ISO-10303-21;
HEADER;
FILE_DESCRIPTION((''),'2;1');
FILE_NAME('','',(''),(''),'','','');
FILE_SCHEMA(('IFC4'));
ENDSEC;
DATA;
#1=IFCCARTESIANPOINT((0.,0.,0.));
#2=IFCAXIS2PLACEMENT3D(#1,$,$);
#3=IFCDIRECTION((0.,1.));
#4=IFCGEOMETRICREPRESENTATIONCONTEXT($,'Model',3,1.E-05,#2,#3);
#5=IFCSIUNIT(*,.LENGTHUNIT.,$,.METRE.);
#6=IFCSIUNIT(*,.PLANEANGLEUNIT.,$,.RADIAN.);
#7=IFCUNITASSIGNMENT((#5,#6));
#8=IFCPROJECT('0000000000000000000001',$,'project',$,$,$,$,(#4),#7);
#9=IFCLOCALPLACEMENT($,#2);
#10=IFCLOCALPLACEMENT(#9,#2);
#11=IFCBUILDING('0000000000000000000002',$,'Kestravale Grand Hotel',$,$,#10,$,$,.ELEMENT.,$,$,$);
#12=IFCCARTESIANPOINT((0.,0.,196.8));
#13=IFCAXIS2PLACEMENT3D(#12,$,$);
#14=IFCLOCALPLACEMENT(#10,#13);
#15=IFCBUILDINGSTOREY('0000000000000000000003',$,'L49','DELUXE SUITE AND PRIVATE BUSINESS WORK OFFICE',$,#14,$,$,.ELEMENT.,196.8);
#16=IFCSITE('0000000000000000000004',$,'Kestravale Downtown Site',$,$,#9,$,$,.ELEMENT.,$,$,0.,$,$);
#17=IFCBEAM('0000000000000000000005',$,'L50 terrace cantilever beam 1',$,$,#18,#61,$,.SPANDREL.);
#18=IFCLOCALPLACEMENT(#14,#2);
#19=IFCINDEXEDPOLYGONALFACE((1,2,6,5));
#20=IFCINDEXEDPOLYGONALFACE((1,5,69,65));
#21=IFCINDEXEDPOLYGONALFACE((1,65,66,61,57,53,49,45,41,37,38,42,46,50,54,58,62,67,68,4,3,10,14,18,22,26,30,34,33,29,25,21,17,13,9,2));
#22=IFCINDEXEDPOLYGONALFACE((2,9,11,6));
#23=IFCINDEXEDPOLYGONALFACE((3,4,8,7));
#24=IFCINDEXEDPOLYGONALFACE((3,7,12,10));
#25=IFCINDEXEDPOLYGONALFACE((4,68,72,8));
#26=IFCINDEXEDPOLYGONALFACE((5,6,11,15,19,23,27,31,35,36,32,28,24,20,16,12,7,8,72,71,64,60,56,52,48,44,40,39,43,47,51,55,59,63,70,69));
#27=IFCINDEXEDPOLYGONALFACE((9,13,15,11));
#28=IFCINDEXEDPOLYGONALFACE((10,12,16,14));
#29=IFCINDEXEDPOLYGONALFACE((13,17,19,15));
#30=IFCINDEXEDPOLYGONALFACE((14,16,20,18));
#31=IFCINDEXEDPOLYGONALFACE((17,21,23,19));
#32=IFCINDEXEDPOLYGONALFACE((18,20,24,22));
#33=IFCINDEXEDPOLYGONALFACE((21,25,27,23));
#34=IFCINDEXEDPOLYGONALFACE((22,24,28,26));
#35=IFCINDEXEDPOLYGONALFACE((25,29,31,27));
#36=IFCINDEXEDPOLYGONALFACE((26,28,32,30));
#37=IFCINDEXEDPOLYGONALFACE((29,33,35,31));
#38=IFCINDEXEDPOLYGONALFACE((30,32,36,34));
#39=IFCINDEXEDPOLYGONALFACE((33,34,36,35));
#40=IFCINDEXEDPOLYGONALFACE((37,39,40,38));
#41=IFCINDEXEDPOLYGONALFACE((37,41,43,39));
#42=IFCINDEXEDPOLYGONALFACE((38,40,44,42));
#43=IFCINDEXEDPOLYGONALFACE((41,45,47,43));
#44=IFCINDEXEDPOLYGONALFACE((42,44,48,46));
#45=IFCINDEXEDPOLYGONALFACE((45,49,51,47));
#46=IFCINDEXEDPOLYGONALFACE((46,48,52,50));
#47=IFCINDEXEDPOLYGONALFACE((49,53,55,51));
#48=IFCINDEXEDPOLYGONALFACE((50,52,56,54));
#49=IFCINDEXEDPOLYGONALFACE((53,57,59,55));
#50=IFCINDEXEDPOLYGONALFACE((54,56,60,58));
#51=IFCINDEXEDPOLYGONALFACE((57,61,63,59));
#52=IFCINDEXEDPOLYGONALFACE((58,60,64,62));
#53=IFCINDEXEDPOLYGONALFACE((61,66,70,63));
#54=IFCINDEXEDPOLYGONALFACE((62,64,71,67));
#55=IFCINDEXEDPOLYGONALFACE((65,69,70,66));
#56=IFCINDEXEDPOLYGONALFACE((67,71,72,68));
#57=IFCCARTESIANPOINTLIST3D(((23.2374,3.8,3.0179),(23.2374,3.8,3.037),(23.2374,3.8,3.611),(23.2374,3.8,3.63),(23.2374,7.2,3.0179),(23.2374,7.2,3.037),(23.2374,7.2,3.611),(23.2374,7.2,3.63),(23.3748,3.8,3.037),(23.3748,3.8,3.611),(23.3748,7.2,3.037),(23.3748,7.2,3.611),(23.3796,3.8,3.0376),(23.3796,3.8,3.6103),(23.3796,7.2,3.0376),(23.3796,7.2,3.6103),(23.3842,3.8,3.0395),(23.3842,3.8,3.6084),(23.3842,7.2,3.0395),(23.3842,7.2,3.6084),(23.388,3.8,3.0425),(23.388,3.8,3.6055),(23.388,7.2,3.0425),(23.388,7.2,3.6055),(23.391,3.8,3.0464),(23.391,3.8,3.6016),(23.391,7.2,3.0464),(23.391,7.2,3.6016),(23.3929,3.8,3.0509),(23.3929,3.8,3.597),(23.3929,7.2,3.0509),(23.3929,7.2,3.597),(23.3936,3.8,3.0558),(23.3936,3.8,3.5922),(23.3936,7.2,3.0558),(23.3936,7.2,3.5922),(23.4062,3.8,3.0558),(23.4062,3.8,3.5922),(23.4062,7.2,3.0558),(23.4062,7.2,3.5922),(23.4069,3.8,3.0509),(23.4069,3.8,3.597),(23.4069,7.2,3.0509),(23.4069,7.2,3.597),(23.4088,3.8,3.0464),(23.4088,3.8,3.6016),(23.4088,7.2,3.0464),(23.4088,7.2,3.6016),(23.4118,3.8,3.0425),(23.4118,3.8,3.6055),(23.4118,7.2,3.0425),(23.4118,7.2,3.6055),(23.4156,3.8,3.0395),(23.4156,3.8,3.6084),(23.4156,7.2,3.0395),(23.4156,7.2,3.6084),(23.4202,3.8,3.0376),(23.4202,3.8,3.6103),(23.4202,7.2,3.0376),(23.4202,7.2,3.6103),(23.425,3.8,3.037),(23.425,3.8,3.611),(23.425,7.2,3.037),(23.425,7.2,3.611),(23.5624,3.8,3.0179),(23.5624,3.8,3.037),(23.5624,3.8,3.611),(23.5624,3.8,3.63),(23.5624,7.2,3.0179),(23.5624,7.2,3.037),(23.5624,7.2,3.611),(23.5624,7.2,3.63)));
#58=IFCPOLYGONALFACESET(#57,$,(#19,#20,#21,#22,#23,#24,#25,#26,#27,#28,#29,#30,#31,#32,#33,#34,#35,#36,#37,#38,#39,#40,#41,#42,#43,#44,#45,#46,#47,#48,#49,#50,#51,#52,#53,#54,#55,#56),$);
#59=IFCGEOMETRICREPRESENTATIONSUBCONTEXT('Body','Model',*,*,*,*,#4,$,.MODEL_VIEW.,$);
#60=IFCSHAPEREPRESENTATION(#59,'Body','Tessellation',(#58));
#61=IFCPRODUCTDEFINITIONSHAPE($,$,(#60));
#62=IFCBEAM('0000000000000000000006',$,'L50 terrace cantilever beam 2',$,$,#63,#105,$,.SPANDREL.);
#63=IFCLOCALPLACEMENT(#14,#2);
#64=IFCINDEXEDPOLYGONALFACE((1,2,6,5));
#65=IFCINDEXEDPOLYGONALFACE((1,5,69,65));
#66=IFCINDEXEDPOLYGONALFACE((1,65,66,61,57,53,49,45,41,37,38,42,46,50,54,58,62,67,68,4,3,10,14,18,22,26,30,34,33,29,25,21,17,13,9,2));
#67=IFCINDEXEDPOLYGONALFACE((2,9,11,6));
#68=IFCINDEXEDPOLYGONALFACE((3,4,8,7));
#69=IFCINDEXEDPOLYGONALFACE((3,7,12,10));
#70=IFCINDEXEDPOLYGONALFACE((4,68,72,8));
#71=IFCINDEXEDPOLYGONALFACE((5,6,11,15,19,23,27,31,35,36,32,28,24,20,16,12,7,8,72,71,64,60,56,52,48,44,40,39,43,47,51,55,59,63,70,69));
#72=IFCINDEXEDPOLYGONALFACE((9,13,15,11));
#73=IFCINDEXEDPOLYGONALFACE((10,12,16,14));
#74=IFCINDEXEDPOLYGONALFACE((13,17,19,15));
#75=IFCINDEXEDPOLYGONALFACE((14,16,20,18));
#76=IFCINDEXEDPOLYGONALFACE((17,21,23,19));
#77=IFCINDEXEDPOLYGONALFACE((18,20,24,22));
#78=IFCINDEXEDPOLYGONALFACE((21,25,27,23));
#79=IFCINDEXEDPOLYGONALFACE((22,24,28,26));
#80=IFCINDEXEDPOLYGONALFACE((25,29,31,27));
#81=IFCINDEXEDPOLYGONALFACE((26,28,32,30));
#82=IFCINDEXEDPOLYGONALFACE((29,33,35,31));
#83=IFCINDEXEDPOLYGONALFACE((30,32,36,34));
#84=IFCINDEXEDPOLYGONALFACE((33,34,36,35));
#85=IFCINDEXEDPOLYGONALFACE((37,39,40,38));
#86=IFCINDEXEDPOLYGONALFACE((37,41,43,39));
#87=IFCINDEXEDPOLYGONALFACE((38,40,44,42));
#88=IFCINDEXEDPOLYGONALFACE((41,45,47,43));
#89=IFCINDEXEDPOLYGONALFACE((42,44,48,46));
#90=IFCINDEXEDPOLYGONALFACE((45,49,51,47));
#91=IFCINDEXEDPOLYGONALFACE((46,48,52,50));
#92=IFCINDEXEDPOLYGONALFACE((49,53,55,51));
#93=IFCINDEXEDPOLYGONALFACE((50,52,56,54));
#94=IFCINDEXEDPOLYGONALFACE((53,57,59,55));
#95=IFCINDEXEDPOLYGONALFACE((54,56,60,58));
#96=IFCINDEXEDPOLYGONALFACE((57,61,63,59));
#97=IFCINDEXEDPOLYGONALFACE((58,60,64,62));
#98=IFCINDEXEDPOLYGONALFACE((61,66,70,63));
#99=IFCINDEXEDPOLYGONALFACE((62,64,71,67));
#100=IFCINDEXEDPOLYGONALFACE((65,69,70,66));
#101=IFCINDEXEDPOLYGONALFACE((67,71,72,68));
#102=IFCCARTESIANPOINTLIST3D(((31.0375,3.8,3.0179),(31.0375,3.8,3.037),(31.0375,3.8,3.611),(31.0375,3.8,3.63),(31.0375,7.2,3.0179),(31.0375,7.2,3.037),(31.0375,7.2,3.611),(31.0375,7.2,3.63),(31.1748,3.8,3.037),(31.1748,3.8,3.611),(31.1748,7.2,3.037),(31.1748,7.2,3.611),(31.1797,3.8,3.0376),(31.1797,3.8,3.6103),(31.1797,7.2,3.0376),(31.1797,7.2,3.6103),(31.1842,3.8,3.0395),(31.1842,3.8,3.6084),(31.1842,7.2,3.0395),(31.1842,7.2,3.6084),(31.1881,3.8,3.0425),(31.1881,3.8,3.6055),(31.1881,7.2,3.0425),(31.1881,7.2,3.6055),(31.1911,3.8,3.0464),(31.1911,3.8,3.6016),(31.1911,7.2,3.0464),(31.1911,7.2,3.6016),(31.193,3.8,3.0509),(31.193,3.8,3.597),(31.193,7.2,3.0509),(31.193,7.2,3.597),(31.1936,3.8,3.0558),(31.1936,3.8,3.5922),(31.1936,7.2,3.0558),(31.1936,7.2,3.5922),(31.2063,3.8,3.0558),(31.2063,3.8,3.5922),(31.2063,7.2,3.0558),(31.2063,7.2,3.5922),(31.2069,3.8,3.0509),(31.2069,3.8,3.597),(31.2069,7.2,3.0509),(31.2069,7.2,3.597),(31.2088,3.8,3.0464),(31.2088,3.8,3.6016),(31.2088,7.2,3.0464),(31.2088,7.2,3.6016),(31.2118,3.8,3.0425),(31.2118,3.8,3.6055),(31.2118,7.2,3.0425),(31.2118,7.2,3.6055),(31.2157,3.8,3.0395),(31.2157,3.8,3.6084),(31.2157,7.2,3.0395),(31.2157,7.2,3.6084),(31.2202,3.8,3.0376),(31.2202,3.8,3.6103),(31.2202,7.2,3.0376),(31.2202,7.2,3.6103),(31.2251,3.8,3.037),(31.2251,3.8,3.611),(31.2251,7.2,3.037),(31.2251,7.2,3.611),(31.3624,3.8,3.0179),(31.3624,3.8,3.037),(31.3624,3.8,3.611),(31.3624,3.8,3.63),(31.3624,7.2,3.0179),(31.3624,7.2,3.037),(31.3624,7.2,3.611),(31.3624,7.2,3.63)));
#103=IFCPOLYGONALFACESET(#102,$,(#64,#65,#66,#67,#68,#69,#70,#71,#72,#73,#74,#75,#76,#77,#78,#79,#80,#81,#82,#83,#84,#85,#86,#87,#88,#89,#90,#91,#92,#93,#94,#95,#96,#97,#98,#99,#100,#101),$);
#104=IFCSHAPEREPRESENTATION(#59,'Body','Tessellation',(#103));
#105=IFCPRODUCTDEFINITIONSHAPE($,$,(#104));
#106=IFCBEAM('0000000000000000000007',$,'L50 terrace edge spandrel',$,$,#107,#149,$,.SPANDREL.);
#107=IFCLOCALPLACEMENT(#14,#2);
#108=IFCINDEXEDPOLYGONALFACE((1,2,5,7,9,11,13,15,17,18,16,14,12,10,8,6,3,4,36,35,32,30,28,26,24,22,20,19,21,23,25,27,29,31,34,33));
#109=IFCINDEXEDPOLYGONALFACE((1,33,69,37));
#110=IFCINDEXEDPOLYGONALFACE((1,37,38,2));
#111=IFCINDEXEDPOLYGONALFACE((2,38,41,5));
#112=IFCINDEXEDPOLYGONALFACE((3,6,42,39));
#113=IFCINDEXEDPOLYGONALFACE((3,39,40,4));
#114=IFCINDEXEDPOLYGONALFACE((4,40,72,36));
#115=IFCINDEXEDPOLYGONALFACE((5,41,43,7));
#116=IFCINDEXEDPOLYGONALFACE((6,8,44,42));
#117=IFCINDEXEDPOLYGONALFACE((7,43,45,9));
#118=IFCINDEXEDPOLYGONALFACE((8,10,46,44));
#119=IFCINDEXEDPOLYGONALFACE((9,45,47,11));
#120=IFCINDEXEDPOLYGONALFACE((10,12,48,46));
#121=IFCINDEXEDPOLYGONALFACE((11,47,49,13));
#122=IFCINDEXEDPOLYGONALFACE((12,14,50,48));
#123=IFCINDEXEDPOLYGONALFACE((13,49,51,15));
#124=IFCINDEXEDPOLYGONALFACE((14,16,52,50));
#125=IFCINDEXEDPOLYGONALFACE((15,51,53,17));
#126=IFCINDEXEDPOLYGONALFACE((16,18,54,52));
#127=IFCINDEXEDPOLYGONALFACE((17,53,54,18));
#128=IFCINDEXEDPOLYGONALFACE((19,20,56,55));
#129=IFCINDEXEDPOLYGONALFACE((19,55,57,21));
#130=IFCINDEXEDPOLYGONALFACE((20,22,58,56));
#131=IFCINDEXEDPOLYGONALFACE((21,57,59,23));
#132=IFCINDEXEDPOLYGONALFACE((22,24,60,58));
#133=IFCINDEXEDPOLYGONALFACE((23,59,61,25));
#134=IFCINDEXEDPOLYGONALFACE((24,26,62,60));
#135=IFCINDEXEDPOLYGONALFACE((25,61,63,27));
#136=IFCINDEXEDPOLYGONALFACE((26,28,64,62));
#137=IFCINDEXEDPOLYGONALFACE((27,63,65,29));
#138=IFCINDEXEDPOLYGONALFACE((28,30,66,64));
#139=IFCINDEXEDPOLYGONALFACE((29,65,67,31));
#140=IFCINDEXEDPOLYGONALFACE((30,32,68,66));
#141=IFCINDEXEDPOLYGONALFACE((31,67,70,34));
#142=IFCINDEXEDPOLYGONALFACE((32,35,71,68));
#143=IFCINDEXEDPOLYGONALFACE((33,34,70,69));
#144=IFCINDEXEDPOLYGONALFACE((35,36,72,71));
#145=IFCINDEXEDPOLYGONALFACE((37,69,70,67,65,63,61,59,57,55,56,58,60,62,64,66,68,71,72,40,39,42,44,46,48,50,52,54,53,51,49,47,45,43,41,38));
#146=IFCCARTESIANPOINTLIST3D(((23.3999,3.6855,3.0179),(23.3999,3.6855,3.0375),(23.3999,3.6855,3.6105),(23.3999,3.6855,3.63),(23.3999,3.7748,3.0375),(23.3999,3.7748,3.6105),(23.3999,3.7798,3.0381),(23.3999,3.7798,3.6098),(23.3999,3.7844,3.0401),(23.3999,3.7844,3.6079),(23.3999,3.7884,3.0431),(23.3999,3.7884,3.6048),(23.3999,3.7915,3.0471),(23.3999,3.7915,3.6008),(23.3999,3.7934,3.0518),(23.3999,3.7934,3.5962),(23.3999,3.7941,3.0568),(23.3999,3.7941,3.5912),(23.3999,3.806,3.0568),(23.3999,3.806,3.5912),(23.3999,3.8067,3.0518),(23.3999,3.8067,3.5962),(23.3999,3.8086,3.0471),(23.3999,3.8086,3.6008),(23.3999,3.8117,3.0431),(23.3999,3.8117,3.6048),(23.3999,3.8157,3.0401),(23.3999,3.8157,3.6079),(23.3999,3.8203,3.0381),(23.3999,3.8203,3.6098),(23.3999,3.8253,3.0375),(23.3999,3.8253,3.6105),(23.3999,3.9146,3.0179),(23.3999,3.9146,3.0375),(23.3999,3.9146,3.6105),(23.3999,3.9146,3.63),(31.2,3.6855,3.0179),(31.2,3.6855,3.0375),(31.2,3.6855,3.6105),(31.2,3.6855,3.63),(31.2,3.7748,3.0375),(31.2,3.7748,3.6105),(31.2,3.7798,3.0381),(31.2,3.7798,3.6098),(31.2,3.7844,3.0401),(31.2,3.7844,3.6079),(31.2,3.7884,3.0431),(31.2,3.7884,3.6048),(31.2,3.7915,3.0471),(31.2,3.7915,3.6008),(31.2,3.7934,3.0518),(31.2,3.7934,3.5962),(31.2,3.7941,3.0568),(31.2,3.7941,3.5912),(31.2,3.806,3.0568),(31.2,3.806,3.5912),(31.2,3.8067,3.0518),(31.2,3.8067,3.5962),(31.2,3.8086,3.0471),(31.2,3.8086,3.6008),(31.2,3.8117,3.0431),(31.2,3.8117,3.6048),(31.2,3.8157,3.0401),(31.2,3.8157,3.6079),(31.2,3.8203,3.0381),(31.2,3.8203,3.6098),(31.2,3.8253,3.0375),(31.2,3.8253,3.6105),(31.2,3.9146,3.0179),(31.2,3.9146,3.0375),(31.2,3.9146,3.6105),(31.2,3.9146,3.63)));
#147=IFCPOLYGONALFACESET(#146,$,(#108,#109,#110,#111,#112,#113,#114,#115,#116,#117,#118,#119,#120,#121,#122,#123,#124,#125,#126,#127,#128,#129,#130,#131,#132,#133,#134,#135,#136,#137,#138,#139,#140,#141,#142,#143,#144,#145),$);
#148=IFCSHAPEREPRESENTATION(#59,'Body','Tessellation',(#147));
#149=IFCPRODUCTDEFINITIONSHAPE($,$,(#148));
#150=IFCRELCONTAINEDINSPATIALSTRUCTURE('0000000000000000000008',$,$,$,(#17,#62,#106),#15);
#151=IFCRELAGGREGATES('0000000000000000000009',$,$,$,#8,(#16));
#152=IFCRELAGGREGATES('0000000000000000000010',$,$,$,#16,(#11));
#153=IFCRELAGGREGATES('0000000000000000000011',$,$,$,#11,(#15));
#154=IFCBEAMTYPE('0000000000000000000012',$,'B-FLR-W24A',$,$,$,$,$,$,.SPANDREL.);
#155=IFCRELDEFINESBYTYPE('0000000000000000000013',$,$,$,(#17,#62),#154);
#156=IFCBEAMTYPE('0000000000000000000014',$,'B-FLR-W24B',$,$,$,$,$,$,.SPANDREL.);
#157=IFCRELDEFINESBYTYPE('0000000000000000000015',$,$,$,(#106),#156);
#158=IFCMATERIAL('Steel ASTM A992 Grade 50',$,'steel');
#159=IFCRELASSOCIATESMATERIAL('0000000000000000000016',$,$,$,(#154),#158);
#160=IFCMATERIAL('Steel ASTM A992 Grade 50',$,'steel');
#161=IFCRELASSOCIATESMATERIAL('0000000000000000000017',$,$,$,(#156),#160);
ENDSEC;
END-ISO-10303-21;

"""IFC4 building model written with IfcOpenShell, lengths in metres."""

from ifc_helpers import new_model, si_unit, direction, frame, origin, origin_2d, place, context, subcontext, project, spatial, i_section, extrude, material, material_profile, profile_set, type_object, element, save


model = new_model("IFC4")

# Units and contexts
model_context = context("Model", 3, precision=1e-05, world=origin(), true_north=direction((0.0, 1.0)))
body_context = subcontext(model_context, "Body", "Model", "MODEL_VIEW")
ifc_project = project(units=[si_unit("LENGTHUNIT", "METRE"), si_unit("PLANEANGLEUNIT", "RADIAN")], contexts=[model_context])

# Site, building, storey
site_placement = place(None, origin())
site = spatial("IfcSite", under=ifc_project, at=site_placement, Name="Kestravale Downtown Site", CompositionType="ELEMENT", RefElevation=0.0)
building_placement = place(site_placement, origin())
building = spatial("IfcBuilding", under=site, at=building_placement, Name="Kestravale Grand Hotel", CompositionType="ELEMENT")
storey_placement = place(building_placement, frame((0.0, 0.0, 196.8)))
storey = spatial("IfcBuildingStorey", under=building, at=storey_placement, Name="L49", Description="DELUXE SUITE AND PRIVATE BUSINESS WORK OFFICE", CompositionType="ELEMENT", Elevation=196.8)

# Beams
ifc_material_1 = material(Name="Steel ASTM A992 Grade 50", Category="steel")
ifc_material_profile_1 = material_profile(ifc_material_1, i_section(OverallWidth=0.325, OverallDepth=0.6121, WebThickness=0.0127, FlangeThickness=0.019, FilletRadius=0.0188, at=origin_2d()))
ifc_profile_set_1 = profile_set([ifc_material_profile_1], Name="Steel ASTM A992 Grade 50")
beam_type_1 = type_object("IfcBeamType", Name="B-FLR-W24A", PredefinedType="SPANDREL", material=ifc_profile_set_1)
for number, where, z_axis, x_axis, name in (
    (1, (23.3999, 7.2, 3.324), (0.0, -1.0, 0.0), (1.0, 0.0, 0.0), "L50 terrace cantilever beam 1"),
    (2, (31.2, 7.2, 3.324), (0.0, -1.0, 0.0), (1.0, 0.0, 0.0), "L50 terrace cantilever beam 2"),
):
    element("IfcBeam", number, at=place(storey_placement, frame(where, z_axis=z_axis, x_axis=x_axis)), inside=storey, type_object=beam_type_1, Name=name, PredefinedType="SPANDREL", context=body_context, shape_type="SweptSolid", body=[
        extrude(i_section(OverallWidth=0.325, OverallDepth=0.6121, WebThickness=0.0127, FlangeThickness=0.019, FilletRadius=0.0188, at=origin_2d()), origin(), (0.0, 0.0, 1.0), 3.3999),
    ])
ifc_material_2 = material(Name="Steel ASTM A992 Grade 50", Category="steel")
ifc_material_profile_2 = material_profile(ifc_material_2, i_section(OverallWidth=0.229, OverallDepth=0.6121, WebThickness=0.012, FlangeThickness=0.0195, FilletRadius=0.0193, at=origin_2d()))
ifc_profile_set_2 = profile_set([ifc_material_profile_2], Name="Steel ASTM A992 Grade 50")
beam_type_2 = type_object("IfcBeamType", Name="B-FLR-W24B", PredefinedType="SPANDREL", material=ifc_profile_set_2)
beam_1_placement = place(storey_placement, frame((23.3999, 3.8, 3.324), z_axis=(1.0, 0.0, 0.0), x_axis=(0.0, 1.0, 0.0)))
element("IfcBeam", 3, at=beam_1_placement, inside=storey, type_object=beam_type_2, Name="L50 terrace edge spandrel", PredefinedType="SPANDREL", context=body_context, shape_type="SweptSolid", body=[
    extrude(i_section(OverallWidth=0.229, OverallDepth=0.6121, WebThickness=0.012, FlangeThickness=0.0195, FilletRadius=0.0193, at=origin_2d()), origin(), (0.0, 0.0, 1.0), 7.8),
])

save(model, "model.ifc")
